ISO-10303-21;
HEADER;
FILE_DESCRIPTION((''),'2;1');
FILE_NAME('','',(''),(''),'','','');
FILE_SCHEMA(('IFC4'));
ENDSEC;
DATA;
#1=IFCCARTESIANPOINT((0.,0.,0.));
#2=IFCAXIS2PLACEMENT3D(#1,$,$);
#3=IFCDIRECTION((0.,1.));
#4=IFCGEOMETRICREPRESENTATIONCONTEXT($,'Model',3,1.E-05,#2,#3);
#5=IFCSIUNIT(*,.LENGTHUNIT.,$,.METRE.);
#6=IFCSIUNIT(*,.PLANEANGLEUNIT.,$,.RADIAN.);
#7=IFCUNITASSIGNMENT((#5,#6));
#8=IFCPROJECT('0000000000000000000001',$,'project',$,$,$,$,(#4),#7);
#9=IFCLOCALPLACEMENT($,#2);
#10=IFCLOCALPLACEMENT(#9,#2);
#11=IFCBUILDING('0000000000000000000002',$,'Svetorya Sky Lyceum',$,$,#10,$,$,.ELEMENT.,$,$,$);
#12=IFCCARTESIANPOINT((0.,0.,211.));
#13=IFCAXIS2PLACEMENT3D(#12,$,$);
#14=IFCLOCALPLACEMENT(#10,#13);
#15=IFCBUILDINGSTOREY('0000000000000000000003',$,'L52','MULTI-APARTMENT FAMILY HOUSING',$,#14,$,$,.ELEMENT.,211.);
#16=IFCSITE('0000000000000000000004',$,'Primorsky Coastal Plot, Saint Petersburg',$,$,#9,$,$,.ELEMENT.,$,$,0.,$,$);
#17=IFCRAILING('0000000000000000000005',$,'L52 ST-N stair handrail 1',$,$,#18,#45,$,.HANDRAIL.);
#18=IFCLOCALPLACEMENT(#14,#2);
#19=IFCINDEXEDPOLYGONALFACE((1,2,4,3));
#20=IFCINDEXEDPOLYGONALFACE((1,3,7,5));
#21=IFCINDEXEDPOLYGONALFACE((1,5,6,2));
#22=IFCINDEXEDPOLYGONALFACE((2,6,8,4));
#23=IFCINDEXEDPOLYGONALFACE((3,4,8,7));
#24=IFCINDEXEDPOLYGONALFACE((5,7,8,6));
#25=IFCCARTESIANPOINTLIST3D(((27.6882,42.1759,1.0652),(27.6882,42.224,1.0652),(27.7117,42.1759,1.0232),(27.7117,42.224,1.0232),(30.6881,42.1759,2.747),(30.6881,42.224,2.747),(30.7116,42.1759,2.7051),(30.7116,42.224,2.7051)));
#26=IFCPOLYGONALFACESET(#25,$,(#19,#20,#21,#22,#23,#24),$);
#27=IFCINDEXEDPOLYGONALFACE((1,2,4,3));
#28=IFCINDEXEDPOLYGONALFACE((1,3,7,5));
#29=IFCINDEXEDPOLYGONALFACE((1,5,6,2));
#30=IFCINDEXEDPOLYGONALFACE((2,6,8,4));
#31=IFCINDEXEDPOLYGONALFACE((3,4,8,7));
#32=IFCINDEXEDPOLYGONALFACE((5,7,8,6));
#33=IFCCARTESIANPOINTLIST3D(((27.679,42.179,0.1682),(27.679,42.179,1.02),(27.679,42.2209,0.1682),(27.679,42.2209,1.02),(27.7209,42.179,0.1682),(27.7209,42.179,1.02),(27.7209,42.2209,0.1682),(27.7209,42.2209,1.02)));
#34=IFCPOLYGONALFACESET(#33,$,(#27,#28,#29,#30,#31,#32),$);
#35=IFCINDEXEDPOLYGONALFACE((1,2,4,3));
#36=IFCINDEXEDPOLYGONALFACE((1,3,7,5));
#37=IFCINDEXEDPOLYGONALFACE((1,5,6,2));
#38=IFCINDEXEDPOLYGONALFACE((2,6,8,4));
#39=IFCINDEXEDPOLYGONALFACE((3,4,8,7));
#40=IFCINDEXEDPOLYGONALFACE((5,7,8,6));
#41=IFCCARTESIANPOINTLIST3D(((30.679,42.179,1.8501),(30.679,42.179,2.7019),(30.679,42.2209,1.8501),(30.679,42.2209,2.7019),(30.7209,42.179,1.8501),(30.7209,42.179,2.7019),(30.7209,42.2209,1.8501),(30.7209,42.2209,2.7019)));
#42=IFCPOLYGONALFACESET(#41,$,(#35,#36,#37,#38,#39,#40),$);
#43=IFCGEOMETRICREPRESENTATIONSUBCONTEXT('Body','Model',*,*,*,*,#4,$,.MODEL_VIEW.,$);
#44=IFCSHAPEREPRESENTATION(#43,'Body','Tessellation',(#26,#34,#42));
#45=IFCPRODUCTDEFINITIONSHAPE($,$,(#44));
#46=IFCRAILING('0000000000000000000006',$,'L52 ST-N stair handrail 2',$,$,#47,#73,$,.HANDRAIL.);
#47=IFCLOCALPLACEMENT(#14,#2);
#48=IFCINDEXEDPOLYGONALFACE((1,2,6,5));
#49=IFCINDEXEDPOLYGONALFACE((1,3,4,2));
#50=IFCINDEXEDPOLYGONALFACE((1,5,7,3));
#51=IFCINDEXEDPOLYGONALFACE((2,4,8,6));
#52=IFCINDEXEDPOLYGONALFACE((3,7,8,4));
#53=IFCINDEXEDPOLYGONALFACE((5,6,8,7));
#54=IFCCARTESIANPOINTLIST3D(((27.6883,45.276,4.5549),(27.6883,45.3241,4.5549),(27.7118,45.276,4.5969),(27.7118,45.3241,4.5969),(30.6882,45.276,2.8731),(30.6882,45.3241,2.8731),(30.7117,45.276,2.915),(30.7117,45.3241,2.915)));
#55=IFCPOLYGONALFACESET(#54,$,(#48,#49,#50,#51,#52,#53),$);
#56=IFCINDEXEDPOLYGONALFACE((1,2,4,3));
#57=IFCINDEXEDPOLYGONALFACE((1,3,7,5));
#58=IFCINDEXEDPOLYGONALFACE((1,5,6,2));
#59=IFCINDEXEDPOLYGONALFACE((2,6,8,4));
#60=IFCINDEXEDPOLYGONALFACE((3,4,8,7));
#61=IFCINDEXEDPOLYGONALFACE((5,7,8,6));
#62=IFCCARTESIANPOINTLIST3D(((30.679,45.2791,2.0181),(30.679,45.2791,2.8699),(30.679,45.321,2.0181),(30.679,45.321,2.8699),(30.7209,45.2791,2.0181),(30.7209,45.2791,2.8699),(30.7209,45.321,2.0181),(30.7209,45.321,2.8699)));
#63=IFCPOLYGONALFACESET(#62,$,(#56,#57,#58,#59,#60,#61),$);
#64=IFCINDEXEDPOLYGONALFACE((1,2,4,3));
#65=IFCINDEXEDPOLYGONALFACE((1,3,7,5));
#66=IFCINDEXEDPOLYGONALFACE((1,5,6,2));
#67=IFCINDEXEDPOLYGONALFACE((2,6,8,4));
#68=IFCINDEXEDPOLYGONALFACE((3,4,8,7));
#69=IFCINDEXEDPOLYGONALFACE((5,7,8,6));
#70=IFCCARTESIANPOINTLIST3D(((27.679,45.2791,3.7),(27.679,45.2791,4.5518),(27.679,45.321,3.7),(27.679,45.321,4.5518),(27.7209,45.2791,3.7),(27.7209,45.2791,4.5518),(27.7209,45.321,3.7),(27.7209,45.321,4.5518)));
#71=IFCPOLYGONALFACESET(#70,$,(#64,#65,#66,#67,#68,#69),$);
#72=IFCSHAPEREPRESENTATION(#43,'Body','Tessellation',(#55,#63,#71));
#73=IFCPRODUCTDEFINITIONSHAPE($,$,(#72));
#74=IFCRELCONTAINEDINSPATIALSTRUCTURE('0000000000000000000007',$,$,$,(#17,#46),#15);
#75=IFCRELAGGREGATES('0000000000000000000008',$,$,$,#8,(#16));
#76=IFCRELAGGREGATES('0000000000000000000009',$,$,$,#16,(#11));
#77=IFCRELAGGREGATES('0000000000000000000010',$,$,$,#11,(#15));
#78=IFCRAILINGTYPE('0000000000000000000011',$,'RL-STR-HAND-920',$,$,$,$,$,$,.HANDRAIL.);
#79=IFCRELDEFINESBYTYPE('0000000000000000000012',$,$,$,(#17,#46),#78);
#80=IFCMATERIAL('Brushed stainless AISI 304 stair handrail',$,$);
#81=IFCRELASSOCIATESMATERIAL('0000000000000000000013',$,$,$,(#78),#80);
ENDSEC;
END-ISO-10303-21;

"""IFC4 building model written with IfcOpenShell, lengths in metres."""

from ifc_helpers import new_model, si_unit, direction, frame, origin, origin_2d, place, context, subcontext, project, spatial, rectangle, extrude, material, type_object, element, save


model = new_model("IFC4")

# Units and contexts
model_context = context("Model", 3, precision=1e-05, world=origin(), true_north=direction((0.0, 1.0)))
body_context = subcontext(model_context, "Body", "Model", "MODEL_VIEW")
ifc_project = project(units=[si_unit("LENGTHUNIT", "METRE"), si_unit("PLANEANGLEUNIT", "RADIAN")], contexts=[model_context])

# Site, building, storey
site_placement = place(None, origin())
site = spatial("IfcSite", under=ifc_project, at=site_placement, Name="Primorsky Coastal Plot, Saint Petersburg", CompositionType="ELEMENT", RefElevation=0.0)
building_placement = place(site_placement, origin())
building = spatial("IfcBuilding", under=site, at=building_placement, Name="Svetorya Sky Lyceum", CompositionType="ELEMENT")
storey_placement = place(building_placement, frame((0.0, 0.0, 211.0)))
storey = spatial("IfcBuildingStorey", under=building, at=storey_placement, Name="L52", Description="MULTI-APARTMENT FAMILY HOUSING", CompositionType="ELEMENT", Elevation=211.0)

# Railings
ifc_material_1 = material(Name="Brushed stainless AISI 304 stair handrail")
railing_type_1 = type_object("IfcRailingType", Name="RL-STR-HAND-920", PredefinedType="HANDRAIL", material=ifc_material_1)
railing_1_placement = place(storey_placement, frame((27.7, 42.2, 0.1682)))
element("IfcRailing", 1, at=railing_1_placement, inside=storey, type_object=railing_type_1, Name="L52 ST-N stair handrail 1", PredefinedType="HANDRAIL", context=body_context, shape_type="SweptSolid", body=[
    extrude(rectangle(XDim=0.0481, YDim=0.0481, at=origin_2d()), frame((0.0, 0.0, 0.876), z_axis=(0.872272, 0.0, 0.48902), x_axis=(0.0, 1.0, 0.0)), (0.0, 0.0, 1.0), 3.4392),
    extrude(rectangle(XDim=0.042, YDim=0.042, at=origin_2d()), origin(), (0.0, 0.0, 1.0), 0.8518),
    extrude(rectangle(XDim=0.042, YDim=0.042, at=origin_2d()), frame((3.0, 0.0, 1.6819)), (0.0, 0.0, 1.0), 0.8518),
])
railing_2_placement = place(storey_placement, frame((30.7, 45.3, 2.0181)))
element("IfcRailing", 2, at=railing_2_placement, inside=storey, type_object=railing_type_1, Name="L52 ST-N stair handrail 2", PredefinedType="HANDRAIL", context=body_context, shape_type="SweptSolid", body=[
    extrude(rectangle(XDim=0.0481, YDim=0.0481, at=origin_2d()), frame((0.0, 0.0, 0.876), z_axis=(-0.872272, 0.0, 0.48902), x_axis=(0.0, -1.0, 0.0)), (0.0, 0.0, 1.0), 3.4392),
    extrude(rectangle(XDim=0.042, YDim=0.042, at=origin_2d()), origin(), (0.0, 0.0, 1.0), 0.8518),
    extrude(rectangle(XDim=0.042, YDim=0.042, at=origin_2d()), frame((-3.0, 0.0, 1.6819)), (0.0, 0.0, 1.0), 0.8518),
])

save(model, "model.ifc")
